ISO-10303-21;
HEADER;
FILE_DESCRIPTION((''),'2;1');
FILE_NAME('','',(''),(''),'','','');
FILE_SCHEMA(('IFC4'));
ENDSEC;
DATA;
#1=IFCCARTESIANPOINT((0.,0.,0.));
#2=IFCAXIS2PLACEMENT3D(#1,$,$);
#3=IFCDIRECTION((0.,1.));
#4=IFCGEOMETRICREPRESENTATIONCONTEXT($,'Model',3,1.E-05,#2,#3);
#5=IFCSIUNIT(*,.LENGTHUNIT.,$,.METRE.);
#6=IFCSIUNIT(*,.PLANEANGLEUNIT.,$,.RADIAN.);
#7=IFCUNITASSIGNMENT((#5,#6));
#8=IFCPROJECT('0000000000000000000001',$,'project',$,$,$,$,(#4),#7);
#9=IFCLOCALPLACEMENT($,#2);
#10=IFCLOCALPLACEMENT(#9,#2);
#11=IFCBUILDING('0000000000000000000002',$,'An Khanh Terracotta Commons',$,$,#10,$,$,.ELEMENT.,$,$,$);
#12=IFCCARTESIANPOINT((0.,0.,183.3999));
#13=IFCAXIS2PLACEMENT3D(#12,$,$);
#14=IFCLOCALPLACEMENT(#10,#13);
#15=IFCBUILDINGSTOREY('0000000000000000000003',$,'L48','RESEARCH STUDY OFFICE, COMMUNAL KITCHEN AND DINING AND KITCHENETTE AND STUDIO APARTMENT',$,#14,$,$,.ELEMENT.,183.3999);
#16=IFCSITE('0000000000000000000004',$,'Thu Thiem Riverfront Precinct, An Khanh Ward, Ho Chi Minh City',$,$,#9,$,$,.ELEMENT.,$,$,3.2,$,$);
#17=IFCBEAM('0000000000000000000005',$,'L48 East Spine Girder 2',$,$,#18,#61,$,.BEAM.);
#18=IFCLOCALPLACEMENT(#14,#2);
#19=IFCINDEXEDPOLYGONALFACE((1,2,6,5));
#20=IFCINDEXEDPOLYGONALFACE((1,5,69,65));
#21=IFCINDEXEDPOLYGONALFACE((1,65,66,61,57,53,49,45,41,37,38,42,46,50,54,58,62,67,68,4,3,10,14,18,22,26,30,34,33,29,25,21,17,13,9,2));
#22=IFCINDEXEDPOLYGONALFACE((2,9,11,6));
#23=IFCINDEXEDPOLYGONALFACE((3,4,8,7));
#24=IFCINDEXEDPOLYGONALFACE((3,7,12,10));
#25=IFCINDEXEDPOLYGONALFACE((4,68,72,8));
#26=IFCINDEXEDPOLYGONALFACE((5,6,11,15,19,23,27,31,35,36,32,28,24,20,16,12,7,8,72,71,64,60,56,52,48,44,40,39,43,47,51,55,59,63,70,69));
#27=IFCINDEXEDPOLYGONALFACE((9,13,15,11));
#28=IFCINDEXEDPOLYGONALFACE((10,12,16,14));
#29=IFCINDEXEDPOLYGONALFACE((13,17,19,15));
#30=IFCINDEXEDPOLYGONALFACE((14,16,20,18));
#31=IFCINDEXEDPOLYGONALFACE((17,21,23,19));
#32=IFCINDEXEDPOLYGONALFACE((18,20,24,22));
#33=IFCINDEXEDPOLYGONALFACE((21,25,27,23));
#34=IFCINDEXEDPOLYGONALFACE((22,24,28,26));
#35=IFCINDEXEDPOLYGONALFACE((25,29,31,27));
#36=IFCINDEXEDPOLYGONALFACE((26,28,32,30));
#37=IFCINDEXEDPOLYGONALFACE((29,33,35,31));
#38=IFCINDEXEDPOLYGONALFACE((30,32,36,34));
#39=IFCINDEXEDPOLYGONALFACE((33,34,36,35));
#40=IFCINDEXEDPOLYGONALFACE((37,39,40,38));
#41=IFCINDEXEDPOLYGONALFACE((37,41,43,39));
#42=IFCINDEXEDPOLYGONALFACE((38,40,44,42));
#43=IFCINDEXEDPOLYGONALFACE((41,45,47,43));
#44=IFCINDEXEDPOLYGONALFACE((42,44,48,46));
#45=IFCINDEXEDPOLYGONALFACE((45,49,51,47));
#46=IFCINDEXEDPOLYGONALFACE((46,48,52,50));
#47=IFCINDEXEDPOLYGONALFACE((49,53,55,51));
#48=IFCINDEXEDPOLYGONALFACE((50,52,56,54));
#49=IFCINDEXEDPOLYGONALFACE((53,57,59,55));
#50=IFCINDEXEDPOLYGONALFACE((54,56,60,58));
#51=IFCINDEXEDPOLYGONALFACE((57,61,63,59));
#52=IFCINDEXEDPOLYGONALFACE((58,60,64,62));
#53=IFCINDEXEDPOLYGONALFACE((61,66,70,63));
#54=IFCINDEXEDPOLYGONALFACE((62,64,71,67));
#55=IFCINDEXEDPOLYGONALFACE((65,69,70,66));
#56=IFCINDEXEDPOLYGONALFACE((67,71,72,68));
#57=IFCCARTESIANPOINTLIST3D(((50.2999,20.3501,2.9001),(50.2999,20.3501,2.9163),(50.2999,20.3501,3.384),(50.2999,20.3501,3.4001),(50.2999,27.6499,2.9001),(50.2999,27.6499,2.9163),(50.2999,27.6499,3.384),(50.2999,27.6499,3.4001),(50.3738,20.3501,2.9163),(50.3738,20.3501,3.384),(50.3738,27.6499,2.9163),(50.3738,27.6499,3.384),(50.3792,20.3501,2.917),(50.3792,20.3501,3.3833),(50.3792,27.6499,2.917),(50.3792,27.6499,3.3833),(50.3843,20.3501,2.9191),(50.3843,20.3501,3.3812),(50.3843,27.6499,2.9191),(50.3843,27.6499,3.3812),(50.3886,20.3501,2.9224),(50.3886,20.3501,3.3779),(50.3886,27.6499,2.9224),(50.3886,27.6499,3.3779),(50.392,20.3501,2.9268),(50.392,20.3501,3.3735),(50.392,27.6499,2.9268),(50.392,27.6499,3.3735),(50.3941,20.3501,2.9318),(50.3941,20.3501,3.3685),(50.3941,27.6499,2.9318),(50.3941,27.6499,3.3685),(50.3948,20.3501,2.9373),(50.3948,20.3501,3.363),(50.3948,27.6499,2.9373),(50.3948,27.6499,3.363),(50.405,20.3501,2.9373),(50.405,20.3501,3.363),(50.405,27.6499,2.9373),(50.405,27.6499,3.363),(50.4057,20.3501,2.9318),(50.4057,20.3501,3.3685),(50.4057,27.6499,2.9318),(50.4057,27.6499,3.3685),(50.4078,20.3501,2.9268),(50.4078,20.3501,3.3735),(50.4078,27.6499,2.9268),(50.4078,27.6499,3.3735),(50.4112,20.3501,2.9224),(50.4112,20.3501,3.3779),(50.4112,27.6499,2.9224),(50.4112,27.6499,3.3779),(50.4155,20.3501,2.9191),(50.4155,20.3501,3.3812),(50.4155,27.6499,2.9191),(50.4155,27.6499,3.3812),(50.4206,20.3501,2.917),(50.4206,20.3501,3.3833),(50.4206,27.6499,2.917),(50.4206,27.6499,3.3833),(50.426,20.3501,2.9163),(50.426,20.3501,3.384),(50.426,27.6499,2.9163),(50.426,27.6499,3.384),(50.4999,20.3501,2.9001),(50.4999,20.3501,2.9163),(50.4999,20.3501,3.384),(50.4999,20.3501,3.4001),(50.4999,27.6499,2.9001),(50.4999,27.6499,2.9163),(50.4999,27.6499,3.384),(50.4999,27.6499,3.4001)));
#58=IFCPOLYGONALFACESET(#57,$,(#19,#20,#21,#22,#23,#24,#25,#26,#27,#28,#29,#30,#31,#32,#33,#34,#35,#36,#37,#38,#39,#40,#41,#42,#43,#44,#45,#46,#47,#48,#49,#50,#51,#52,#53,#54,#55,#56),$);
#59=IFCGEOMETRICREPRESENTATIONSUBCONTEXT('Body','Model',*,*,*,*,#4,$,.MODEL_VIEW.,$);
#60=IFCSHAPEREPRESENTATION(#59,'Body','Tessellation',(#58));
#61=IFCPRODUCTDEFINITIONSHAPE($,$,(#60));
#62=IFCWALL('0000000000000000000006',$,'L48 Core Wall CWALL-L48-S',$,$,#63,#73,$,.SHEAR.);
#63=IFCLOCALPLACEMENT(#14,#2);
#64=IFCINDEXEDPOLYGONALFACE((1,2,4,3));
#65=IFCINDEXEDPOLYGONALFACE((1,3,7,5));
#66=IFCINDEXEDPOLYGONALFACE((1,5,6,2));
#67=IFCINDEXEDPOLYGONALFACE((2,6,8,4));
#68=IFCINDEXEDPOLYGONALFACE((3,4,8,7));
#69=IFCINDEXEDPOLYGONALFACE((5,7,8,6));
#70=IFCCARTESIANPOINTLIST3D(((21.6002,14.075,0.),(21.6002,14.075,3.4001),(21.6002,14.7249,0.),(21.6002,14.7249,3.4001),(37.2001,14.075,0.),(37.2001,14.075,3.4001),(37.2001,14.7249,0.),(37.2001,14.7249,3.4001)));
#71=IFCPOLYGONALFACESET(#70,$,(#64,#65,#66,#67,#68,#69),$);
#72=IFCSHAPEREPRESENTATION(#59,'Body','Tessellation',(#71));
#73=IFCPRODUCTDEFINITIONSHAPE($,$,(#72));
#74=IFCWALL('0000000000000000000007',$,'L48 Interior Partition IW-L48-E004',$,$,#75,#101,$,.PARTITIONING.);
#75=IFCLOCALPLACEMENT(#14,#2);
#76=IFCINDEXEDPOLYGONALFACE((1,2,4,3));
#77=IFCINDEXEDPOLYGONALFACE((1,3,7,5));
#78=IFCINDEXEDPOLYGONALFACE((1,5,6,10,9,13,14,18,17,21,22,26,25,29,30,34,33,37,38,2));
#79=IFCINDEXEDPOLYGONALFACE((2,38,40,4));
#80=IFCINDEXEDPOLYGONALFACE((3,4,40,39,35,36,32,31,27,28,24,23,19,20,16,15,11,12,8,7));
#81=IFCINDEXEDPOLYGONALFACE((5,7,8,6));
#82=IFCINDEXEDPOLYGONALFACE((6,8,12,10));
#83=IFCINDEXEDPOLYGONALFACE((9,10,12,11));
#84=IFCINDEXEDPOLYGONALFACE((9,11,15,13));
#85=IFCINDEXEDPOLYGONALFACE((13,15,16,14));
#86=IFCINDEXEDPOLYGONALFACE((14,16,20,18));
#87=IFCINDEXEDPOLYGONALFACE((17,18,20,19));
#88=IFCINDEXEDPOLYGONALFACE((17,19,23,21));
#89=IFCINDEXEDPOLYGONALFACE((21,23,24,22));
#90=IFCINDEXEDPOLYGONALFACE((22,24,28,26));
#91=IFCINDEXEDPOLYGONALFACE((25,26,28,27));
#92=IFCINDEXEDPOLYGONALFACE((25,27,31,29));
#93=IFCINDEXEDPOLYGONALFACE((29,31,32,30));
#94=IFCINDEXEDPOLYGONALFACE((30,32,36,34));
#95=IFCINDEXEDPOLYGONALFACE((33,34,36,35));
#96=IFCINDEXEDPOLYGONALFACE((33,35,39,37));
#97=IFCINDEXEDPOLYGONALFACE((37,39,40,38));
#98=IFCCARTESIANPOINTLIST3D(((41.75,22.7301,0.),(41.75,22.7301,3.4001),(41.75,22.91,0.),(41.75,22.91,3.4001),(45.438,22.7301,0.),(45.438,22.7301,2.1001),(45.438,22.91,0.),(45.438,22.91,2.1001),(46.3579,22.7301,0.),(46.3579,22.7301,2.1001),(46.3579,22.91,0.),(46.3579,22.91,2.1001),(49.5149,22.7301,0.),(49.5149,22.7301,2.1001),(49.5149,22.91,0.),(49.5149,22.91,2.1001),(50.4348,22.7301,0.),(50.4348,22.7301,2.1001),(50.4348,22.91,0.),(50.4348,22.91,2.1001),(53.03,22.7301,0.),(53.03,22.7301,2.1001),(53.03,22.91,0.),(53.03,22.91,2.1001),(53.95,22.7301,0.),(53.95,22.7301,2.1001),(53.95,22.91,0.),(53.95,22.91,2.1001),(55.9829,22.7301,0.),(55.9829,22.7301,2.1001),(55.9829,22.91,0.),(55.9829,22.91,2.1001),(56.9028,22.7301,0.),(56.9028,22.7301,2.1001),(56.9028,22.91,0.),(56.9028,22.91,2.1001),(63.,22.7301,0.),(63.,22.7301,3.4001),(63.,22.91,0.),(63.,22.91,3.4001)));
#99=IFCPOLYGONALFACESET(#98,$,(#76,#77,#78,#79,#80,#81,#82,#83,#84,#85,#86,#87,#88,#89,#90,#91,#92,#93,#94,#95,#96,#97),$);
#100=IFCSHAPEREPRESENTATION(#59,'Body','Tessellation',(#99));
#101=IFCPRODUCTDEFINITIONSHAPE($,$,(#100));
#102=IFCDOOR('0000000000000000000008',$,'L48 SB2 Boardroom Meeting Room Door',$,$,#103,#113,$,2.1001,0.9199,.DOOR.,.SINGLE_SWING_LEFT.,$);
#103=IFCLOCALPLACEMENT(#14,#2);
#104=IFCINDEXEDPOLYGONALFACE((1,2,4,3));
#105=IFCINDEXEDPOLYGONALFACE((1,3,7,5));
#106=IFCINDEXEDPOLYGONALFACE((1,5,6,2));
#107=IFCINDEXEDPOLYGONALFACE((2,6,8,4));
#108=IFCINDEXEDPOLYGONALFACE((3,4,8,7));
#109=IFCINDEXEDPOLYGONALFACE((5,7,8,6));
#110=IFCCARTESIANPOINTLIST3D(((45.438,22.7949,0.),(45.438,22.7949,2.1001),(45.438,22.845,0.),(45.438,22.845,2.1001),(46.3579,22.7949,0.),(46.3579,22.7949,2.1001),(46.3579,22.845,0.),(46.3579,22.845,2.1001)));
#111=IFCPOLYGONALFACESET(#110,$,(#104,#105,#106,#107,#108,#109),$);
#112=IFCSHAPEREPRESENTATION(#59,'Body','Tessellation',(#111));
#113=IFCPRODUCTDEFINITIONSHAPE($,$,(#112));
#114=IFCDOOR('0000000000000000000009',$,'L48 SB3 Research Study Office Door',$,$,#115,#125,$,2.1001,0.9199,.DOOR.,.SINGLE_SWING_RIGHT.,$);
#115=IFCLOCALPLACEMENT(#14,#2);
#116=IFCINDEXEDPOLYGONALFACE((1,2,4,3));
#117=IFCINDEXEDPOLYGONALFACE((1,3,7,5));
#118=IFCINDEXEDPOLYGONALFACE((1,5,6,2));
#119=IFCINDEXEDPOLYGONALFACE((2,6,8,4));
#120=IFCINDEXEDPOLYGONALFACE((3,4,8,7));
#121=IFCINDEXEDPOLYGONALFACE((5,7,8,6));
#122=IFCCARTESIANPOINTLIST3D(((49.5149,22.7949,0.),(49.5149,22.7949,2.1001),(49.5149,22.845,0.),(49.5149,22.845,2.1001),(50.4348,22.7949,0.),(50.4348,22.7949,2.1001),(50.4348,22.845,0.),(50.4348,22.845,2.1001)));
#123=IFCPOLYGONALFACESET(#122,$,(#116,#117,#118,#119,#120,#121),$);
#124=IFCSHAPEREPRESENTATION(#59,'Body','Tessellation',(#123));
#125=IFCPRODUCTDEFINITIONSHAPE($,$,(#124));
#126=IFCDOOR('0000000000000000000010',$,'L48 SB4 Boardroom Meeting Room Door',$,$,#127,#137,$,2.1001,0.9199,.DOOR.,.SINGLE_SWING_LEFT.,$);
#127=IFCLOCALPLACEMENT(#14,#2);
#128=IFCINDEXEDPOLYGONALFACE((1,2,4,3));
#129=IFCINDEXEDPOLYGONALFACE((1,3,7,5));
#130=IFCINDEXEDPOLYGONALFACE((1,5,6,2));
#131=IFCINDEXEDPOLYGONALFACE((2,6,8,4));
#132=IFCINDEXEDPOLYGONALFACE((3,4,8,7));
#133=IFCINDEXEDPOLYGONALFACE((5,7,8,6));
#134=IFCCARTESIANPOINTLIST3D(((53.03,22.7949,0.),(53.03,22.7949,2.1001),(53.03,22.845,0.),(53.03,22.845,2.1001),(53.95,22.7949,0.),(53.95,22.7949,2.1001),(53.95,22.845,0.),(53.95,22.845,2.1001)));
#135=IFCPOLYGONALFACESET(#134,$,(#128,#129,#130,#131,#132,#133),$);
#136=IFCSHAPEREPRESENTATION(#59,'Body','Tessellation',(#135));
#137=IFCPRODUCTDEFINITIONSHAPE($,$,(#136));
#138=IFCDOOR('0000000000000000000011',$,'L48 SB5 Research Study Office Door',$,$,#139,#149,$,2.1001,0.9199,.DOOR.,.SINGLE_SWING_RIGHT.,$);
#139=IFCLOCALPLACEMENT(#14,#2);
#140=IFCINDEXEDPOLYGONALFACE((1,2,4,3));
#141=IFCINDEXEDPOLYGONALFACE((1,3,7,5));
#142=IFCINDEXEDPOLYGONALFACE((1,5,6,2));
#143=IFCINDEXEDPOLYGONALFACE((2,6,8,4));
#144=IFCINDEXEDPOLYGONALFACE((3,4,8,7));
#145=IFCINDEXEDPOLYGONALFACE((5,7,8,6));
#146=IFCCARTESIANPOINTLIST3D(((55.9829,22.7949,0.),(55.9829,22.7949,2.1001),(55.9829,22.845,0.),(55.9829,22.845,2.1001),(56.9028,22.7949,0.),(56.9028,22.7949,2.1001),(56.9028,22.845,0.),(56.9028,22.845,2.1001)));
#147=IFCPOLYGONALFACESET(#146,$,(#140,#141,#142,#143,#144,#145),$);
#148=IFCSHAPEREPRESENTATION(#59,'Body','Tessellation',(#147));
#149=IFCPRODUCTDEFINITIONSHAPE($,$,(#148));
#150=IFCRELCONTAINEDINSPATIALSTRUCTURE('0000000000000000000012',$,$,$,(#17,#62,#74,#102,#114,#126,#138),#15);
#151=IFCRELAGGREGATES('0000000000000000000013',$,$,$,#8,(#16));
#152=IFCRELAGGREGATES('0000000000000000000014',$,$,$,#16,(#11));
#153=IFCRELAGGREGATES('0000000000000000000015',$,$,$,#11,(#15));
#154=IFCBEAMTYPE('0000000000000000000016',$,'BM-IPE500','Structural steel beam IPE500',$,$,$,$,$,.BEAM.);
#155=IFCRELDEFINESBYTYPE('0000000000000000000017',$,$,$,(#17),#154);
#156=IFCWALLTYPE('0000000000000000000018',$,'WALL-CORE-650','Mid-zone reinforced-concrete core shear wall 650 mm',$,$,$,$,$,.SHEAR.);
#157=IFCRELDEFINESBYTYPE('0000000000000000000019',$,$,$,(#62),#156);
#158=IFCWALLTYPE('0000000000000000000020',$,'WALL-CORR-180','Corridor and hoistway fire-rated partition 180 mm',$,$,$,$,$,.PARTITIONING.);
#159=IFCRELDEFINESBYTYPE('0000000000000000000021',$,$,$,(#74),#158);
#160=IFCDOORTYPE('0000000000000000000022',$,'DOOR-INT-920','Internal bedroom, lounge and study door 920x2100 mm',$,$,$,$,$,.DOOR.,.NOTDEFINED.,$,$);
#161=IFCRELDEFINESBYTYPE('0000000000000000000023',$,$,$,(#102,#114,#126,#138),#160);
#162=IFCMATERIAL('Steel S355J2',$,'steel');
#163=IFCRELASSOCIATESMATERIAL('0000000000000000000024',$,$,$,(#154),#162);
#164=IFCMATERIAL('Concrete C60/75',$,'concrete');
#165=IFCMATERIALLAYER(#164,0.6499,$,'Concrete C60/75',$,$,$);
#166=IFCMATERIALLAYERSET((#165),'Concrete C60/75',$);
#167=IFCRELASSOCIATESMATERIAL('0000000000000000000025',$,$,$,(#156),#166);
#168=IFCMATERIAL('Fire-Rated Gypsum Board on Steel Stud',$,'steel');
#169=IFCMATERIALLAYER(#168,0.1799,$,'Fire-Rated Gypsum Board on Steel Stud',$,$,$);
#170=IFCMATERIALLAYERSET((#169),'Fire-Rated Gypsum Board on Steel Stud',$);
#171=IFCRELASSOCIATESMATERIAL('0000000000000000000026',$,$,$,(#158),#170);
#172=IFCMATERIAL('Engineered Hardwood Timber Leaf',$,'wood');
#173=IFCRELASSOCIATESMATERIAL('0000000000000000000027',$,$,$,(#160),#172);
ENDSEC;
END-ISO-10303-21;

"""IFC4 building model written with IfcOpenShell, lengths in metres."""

from ifc_helpers import new_model, si_unit, direction, frame, frame_2d, origin, origin_2d, place, context, subcontext, project, spatial, rectangle, i_section, extrude, material, layer, layer_set, material_profile, profile_set, type_object, element, fill, save


model = new_model("IFC4")

# Units and contexts
model_context = context("Model", 3, precision=1e-05, world=origin(), true_north=direction((0.0, 1.0)))
body_context = subcontext(model_context, "Body", "Model", "MODEL_VIEW")
ifc_project = project(units=[si_unit("LENGTHUNIT", "METRE"), si_unit("PLANEANGLEUNIT", "RADIAN")], contexts=[model_context])

# Site, building, storey
site_placement = place(None, origin())
site = spatial("IfcSite", under=ifc_project, at=site_placement, Name="Thu Thiem Riverfront Precinct, An Khanh Ward, Ho Chi Minh City", CompositionType="ELEMENT", RefElevation=3.2)
building_placement = place(site_placement, origin())
building = spatial("IfcBuilding", under=site, at=building_placement, Name="An Khanh Terracotta Commons", CompositionType="ELEMENT")
storey_placement = place(building_placement, frame((0.0, 0.0, 183.3999)))
storey = spatial("IfcBuildingStorey", under=building, at=storey_placement, Name="L48", Description="RESEARCH STUDY OFFICE, COMMUNAL KITCHEN AND DINING AND KITCHENETTE AND STUDIO APARTMENT", CompositionType="ELEMENT", Elevation=183.3999)

# Shared definitions
ifc_material_1 = material(Name="Concrete C60/75", Category="concrete")

# Beam
ifc_material_2 = material(Name="Steel S355J2", Category="steel")
ifc_material_profile_1 = material_profile(ifc_material_2, i_section(OverallWidth=0.2, OverallDepth=0.5, WebThickness=0.0103, FlangeThickness=0.0161, FilletRadius=0.021, at=origin_2d()), Name="IPE500")
ifc_profile_set_1 = profile_set([ifc_material_profile_1], Name="Steel S355J2")
beam_type_1 = type_object("IfcBeamType", Name="BM-IPE500", Description="Structural steel beam IPE500", PredefinedType="BEAM", material=ifc_profile_set_1)
beam_1_placement = place(storey_placement, frame((50.3999, 20.3501, 3.1501), z_axis=(0.0, 1.0, 0.0), x_axis=(-1.0, 0.0, 0.0)))
element("IfcBeam", 1, at=beam_1_placement, inside=storey, type_object=beam_type_1, Name="L48 East Spine Girder 2", PredefinedType="BEAM", context=body_context, shape_type="SweptSolid", body=[
    extrude(i_section(OverallWidth=0.2, OverallDepth=0.5, WebThickness=0.0103, FlangeThickness=0.0161, FilletRadius=0.021, at=origin_2d()), origin(), (0.0, 0.0, 1.0), 7.2998),
])

# Wall
ifc_layer_1 = layer(ifc_material_1, 0.6499, Name="Concrete C60/75")
ifc_layer_set_1 = layer_set([ifc_layer_1], Name="Concrete C60/75")
wall_type_1 = type_object("IfcWallType", Name="WALL-CORE-650", Description="Mid-zone reinforced-concrete core shear wall 650 mm", PredefinedType="SHEAR", material=ifc_layer_set_1)
wall_1_placement = place(storey_placement, frame((37.2, 14.3999, 0.0), z_axis=(0.0, 0.0, 1.0), x_axis=(-1.0, 0.0, 0.0)))
element("IfcWall", 2, at=wall_1_placement, inside=storey, type_object=wall_type_1, Name="L48 Core Wall CWALL-L48-S", PredefinedType="SHEAR", context=body_context, shape_type="SweptSolid", body=[
    extrude(rectangle(XDim=15.5999, YDim=0.6499, at=frame_2d((7.7998, 0.0))), origin(), (0.0, 0.0, 1.0), 3.4001),
])

# Wall, openings, doors
ifc_material_3 = material(Name="Fire-Rated Gypsum Board on Steel Stud", Category="steel")
ifc_layer_2 = layer(ifc_material_3, 0.1799, Name="Fire-Rated Gypsum Board on Steel Stud")
ifc_layer_set_2 = layer_set([ifc_layer_2], Name="Fire-Rated Gypsum Board on Steel Stud")
wall_type_2 = type_object("IfcWallType", Name="WALL-CORR-180", Description="Corridor and hoistway fire-rated partition 180 mm", PredefinedType="PARTITIONING", material=ifc_layer_set_2)
wall_2_placement = place(storey_placement, frame((41.75, 22.8201, 0.0), z_axis=(0.0, 0.0, 1.0), x_axis=(1.0, 0.0, 0.0)))
wall_2 = element("IfcWall", 3, at=wall_2_placement, inside=storey, type_object=wall_type_2, Name="L48 Interior Partition IW-L48-E004", PredefinedType="PARTITIONING", context=body_context, shape_type="SweptSolid", body=[
    extrude(rectangle(XDim=21.25, YDim=0.1799, at=frame_2d((10.625, 0.0))), origin(), (0.0, 0.0, 1.0), 3.4001),
])
opening_1_placement = place(wall_2_placement, frame((3.688, 0.0, 0.0)))
opening_1 = element("IfcOpeningElement", 4, at=opening_1_placement, cuts=wall_2, PredefinedType="OPENING", context=body_context, shape_type="SweptSolid", body=[
    extrude(rectangle(XDim=0.9199, YDim=2.1001, at=frame_2d((0.46, 1.05))), frame((0.0, 0.0999, 0.0), z_axis=(0.0, -1.0, 0.0), x_axis=(1.0, 0.0, 0.0)), (0.0, 0.0, 1.0), 0.2),
])
opening_2_placement = place(wall_2_placement, frame((7.7649, 0.0, 0.0)))
opening_2 = element("IfcOpeningElement", 5, at=opening_2_placement, cuts=wall_2, PredefinedType="OPENING", context=body_context, shape_type="SweptSolid", body=[
    extrude(rectangle(XDim=0.9199, YDim=2.1001, at=frame_2d((0.46, 1.05))), frame((0.0, 0.0999, 0.0), z_axis=(0.0, -1.0, 0.0), x_axis=(1.0, 0.0, 0.0)), (0.0, 0.0, 1.0), 0.2),
])
opening_3_placement = place(wall_2_placement, frame((11.28, 0.0, 0.0)))
opening_3 = element("IfcOpeningElement", 6, at=opening_3_placement, cuts=wall_2, PredefinedType="OPENING", context=body_context, shape_type="SweptSolid", body=[
    extrude(rectangle(XDim=0.9199, YDim=2.1001, at=frame_2d((0.46, 1.05))), frame((0.0, 0.0999, 0.0), z_axis=(0.0, -1.0, 0.0), x_axis=(1.0, 0.0, 0.0)), (0.0, 0.0, 1.0), 0.2),
])
opening_4_placement = place(wall_2_placement, frame((14.2329, 0.0, 0.0)))
opening_4 = element("IfcOpeningElement", 7, at=opening_4_placement, cuts=wall_2, PredefinedType="OPENING", context=body_context, shape_type="SweptSolid", body=[
    extrude(rectangle(XDim=0.9199, YDim=2.1001, at=frame_2d((0.46, 1.05))), frame((0.0, 0.0999, 0.0), z_axis=(0.0, -1.0, 0.0), x_axis=(1.0, 0.0, 0.0)), (0.0, 0.0, 1.0), 0.2),
])
ifc_material_4 = material(Name="Engineered Hardwood Timber Leaf", Category="wood")
door_type_1 = type_object("IfcDoorType", Name="DOOR-INT-920", Description="Internal bedroom, lounge and study door 920x2100 mm", OperationType="NOTDEFINED", PredefinedType="DOOR", material=ifc_material_4)
door_1_placement = place(opening_1_placement, origin())
door_1 = element("IfcDoor", 8, at=door_1_placement, inside=storey, type_object=door_type_1, Name="L48 SB2 Boardroom Meeting Room Door", OperationType="SINGLE_SWING_LEFT", OverallHeight=2.1001, OverallWidth=0.9199, PredefinedType="DOOR", context=body_context, shape_type="SweptSolid", body=[
    extrude(rectangle(XDim=0.9199, YDim=2.1001, at=frame_2d((0.46, 1.05))), frame((0.0, 0.0249, 0.0), z_axis=(0.0, -1.0, 0.0), x_axis=(1.0, 0.0, 0.0)), (0.0, 0.0, 1.0), 0.05),
])
fill(opening_1, door_1)
door_2_placement = place(opening_2_placement, origin())
door_2 = element("IfcDoor", 9, at=door_2_placement, inside=storey, type_object=door_type_1, Name="L48 SB3 Research Study Office Door", OperationType="SINGLE_SWING_RIGHT", OverallHeight=2.1001, OverallWidth=0.9199, PredefinedType="DOOR", context=body_context, shape_type="SweptSolid", body=[
    extrude(rectangle(XDim=0.9199, YDim=2.1001, at=frame_2d((0.46, 1.05))), frame((0.0, 0.0249, 0.0), z_axis=(0.0, -1.0, 0.0), x_axis=(1.0, 0.0, 0.0)), (0.0, 0.0, 1.0), 0.05),
])
fill(opening_2, door_2)
door_3_placement = place(opening_3_placement, origin())
door_3 = element("IfcDoor", 10, at=door_3_placement, inside=storey, type_object=door_type_1, Name="L48 SB4 Boardroom Meeting Room Door", OperationType="SINGLE_SWING_LEFT", OverallHeight=2.1001, OverallWidth=0.9199, PredefinedType="DOOR", context=body_context, shape_type="SweptSolid", body=[
    extrude(rectangle(XDim=0.9199, YDim=2.1001, at=frame_2d((0.46, 1.05))), frame((0.0, 0.0249, 0.0), z_axis=(0.0, -1.0, 0.0), x_axis=(1.0, 0.0, 0.0)), (0.0, 0.0, 1.0), 0.05),
])
fill(opening_3, door_3)
door_4_placement = place(opening_4_placement, origin())
door_4 = element("IfcDoor", 11, at=door_4_placement, inside=storey, type_object=door_type_1, Name="L48 SB5 Research Study Office Door", OperationType="SINGLE_SWING_RIGHT", OverallHeight=2.1001, OverallWidth=0.9199, PredefinedType="DOOR", context=body_context, shape_type="SweptSolid", body=[
    extrude(rectangle(XDim=0.9199, YDim=2.1001, at=frame_2d((0.46, 1.05))), frame((0.0, 0.0249, 0.0), z_axis=(0.0, -1.0, 0.0), x_axis=(1.0, 0.0, 0.0)), (0.0, 0.0, 1.0), 0.05),
])
fill(opening_4, door_4)

save(model, "model.ifc")
